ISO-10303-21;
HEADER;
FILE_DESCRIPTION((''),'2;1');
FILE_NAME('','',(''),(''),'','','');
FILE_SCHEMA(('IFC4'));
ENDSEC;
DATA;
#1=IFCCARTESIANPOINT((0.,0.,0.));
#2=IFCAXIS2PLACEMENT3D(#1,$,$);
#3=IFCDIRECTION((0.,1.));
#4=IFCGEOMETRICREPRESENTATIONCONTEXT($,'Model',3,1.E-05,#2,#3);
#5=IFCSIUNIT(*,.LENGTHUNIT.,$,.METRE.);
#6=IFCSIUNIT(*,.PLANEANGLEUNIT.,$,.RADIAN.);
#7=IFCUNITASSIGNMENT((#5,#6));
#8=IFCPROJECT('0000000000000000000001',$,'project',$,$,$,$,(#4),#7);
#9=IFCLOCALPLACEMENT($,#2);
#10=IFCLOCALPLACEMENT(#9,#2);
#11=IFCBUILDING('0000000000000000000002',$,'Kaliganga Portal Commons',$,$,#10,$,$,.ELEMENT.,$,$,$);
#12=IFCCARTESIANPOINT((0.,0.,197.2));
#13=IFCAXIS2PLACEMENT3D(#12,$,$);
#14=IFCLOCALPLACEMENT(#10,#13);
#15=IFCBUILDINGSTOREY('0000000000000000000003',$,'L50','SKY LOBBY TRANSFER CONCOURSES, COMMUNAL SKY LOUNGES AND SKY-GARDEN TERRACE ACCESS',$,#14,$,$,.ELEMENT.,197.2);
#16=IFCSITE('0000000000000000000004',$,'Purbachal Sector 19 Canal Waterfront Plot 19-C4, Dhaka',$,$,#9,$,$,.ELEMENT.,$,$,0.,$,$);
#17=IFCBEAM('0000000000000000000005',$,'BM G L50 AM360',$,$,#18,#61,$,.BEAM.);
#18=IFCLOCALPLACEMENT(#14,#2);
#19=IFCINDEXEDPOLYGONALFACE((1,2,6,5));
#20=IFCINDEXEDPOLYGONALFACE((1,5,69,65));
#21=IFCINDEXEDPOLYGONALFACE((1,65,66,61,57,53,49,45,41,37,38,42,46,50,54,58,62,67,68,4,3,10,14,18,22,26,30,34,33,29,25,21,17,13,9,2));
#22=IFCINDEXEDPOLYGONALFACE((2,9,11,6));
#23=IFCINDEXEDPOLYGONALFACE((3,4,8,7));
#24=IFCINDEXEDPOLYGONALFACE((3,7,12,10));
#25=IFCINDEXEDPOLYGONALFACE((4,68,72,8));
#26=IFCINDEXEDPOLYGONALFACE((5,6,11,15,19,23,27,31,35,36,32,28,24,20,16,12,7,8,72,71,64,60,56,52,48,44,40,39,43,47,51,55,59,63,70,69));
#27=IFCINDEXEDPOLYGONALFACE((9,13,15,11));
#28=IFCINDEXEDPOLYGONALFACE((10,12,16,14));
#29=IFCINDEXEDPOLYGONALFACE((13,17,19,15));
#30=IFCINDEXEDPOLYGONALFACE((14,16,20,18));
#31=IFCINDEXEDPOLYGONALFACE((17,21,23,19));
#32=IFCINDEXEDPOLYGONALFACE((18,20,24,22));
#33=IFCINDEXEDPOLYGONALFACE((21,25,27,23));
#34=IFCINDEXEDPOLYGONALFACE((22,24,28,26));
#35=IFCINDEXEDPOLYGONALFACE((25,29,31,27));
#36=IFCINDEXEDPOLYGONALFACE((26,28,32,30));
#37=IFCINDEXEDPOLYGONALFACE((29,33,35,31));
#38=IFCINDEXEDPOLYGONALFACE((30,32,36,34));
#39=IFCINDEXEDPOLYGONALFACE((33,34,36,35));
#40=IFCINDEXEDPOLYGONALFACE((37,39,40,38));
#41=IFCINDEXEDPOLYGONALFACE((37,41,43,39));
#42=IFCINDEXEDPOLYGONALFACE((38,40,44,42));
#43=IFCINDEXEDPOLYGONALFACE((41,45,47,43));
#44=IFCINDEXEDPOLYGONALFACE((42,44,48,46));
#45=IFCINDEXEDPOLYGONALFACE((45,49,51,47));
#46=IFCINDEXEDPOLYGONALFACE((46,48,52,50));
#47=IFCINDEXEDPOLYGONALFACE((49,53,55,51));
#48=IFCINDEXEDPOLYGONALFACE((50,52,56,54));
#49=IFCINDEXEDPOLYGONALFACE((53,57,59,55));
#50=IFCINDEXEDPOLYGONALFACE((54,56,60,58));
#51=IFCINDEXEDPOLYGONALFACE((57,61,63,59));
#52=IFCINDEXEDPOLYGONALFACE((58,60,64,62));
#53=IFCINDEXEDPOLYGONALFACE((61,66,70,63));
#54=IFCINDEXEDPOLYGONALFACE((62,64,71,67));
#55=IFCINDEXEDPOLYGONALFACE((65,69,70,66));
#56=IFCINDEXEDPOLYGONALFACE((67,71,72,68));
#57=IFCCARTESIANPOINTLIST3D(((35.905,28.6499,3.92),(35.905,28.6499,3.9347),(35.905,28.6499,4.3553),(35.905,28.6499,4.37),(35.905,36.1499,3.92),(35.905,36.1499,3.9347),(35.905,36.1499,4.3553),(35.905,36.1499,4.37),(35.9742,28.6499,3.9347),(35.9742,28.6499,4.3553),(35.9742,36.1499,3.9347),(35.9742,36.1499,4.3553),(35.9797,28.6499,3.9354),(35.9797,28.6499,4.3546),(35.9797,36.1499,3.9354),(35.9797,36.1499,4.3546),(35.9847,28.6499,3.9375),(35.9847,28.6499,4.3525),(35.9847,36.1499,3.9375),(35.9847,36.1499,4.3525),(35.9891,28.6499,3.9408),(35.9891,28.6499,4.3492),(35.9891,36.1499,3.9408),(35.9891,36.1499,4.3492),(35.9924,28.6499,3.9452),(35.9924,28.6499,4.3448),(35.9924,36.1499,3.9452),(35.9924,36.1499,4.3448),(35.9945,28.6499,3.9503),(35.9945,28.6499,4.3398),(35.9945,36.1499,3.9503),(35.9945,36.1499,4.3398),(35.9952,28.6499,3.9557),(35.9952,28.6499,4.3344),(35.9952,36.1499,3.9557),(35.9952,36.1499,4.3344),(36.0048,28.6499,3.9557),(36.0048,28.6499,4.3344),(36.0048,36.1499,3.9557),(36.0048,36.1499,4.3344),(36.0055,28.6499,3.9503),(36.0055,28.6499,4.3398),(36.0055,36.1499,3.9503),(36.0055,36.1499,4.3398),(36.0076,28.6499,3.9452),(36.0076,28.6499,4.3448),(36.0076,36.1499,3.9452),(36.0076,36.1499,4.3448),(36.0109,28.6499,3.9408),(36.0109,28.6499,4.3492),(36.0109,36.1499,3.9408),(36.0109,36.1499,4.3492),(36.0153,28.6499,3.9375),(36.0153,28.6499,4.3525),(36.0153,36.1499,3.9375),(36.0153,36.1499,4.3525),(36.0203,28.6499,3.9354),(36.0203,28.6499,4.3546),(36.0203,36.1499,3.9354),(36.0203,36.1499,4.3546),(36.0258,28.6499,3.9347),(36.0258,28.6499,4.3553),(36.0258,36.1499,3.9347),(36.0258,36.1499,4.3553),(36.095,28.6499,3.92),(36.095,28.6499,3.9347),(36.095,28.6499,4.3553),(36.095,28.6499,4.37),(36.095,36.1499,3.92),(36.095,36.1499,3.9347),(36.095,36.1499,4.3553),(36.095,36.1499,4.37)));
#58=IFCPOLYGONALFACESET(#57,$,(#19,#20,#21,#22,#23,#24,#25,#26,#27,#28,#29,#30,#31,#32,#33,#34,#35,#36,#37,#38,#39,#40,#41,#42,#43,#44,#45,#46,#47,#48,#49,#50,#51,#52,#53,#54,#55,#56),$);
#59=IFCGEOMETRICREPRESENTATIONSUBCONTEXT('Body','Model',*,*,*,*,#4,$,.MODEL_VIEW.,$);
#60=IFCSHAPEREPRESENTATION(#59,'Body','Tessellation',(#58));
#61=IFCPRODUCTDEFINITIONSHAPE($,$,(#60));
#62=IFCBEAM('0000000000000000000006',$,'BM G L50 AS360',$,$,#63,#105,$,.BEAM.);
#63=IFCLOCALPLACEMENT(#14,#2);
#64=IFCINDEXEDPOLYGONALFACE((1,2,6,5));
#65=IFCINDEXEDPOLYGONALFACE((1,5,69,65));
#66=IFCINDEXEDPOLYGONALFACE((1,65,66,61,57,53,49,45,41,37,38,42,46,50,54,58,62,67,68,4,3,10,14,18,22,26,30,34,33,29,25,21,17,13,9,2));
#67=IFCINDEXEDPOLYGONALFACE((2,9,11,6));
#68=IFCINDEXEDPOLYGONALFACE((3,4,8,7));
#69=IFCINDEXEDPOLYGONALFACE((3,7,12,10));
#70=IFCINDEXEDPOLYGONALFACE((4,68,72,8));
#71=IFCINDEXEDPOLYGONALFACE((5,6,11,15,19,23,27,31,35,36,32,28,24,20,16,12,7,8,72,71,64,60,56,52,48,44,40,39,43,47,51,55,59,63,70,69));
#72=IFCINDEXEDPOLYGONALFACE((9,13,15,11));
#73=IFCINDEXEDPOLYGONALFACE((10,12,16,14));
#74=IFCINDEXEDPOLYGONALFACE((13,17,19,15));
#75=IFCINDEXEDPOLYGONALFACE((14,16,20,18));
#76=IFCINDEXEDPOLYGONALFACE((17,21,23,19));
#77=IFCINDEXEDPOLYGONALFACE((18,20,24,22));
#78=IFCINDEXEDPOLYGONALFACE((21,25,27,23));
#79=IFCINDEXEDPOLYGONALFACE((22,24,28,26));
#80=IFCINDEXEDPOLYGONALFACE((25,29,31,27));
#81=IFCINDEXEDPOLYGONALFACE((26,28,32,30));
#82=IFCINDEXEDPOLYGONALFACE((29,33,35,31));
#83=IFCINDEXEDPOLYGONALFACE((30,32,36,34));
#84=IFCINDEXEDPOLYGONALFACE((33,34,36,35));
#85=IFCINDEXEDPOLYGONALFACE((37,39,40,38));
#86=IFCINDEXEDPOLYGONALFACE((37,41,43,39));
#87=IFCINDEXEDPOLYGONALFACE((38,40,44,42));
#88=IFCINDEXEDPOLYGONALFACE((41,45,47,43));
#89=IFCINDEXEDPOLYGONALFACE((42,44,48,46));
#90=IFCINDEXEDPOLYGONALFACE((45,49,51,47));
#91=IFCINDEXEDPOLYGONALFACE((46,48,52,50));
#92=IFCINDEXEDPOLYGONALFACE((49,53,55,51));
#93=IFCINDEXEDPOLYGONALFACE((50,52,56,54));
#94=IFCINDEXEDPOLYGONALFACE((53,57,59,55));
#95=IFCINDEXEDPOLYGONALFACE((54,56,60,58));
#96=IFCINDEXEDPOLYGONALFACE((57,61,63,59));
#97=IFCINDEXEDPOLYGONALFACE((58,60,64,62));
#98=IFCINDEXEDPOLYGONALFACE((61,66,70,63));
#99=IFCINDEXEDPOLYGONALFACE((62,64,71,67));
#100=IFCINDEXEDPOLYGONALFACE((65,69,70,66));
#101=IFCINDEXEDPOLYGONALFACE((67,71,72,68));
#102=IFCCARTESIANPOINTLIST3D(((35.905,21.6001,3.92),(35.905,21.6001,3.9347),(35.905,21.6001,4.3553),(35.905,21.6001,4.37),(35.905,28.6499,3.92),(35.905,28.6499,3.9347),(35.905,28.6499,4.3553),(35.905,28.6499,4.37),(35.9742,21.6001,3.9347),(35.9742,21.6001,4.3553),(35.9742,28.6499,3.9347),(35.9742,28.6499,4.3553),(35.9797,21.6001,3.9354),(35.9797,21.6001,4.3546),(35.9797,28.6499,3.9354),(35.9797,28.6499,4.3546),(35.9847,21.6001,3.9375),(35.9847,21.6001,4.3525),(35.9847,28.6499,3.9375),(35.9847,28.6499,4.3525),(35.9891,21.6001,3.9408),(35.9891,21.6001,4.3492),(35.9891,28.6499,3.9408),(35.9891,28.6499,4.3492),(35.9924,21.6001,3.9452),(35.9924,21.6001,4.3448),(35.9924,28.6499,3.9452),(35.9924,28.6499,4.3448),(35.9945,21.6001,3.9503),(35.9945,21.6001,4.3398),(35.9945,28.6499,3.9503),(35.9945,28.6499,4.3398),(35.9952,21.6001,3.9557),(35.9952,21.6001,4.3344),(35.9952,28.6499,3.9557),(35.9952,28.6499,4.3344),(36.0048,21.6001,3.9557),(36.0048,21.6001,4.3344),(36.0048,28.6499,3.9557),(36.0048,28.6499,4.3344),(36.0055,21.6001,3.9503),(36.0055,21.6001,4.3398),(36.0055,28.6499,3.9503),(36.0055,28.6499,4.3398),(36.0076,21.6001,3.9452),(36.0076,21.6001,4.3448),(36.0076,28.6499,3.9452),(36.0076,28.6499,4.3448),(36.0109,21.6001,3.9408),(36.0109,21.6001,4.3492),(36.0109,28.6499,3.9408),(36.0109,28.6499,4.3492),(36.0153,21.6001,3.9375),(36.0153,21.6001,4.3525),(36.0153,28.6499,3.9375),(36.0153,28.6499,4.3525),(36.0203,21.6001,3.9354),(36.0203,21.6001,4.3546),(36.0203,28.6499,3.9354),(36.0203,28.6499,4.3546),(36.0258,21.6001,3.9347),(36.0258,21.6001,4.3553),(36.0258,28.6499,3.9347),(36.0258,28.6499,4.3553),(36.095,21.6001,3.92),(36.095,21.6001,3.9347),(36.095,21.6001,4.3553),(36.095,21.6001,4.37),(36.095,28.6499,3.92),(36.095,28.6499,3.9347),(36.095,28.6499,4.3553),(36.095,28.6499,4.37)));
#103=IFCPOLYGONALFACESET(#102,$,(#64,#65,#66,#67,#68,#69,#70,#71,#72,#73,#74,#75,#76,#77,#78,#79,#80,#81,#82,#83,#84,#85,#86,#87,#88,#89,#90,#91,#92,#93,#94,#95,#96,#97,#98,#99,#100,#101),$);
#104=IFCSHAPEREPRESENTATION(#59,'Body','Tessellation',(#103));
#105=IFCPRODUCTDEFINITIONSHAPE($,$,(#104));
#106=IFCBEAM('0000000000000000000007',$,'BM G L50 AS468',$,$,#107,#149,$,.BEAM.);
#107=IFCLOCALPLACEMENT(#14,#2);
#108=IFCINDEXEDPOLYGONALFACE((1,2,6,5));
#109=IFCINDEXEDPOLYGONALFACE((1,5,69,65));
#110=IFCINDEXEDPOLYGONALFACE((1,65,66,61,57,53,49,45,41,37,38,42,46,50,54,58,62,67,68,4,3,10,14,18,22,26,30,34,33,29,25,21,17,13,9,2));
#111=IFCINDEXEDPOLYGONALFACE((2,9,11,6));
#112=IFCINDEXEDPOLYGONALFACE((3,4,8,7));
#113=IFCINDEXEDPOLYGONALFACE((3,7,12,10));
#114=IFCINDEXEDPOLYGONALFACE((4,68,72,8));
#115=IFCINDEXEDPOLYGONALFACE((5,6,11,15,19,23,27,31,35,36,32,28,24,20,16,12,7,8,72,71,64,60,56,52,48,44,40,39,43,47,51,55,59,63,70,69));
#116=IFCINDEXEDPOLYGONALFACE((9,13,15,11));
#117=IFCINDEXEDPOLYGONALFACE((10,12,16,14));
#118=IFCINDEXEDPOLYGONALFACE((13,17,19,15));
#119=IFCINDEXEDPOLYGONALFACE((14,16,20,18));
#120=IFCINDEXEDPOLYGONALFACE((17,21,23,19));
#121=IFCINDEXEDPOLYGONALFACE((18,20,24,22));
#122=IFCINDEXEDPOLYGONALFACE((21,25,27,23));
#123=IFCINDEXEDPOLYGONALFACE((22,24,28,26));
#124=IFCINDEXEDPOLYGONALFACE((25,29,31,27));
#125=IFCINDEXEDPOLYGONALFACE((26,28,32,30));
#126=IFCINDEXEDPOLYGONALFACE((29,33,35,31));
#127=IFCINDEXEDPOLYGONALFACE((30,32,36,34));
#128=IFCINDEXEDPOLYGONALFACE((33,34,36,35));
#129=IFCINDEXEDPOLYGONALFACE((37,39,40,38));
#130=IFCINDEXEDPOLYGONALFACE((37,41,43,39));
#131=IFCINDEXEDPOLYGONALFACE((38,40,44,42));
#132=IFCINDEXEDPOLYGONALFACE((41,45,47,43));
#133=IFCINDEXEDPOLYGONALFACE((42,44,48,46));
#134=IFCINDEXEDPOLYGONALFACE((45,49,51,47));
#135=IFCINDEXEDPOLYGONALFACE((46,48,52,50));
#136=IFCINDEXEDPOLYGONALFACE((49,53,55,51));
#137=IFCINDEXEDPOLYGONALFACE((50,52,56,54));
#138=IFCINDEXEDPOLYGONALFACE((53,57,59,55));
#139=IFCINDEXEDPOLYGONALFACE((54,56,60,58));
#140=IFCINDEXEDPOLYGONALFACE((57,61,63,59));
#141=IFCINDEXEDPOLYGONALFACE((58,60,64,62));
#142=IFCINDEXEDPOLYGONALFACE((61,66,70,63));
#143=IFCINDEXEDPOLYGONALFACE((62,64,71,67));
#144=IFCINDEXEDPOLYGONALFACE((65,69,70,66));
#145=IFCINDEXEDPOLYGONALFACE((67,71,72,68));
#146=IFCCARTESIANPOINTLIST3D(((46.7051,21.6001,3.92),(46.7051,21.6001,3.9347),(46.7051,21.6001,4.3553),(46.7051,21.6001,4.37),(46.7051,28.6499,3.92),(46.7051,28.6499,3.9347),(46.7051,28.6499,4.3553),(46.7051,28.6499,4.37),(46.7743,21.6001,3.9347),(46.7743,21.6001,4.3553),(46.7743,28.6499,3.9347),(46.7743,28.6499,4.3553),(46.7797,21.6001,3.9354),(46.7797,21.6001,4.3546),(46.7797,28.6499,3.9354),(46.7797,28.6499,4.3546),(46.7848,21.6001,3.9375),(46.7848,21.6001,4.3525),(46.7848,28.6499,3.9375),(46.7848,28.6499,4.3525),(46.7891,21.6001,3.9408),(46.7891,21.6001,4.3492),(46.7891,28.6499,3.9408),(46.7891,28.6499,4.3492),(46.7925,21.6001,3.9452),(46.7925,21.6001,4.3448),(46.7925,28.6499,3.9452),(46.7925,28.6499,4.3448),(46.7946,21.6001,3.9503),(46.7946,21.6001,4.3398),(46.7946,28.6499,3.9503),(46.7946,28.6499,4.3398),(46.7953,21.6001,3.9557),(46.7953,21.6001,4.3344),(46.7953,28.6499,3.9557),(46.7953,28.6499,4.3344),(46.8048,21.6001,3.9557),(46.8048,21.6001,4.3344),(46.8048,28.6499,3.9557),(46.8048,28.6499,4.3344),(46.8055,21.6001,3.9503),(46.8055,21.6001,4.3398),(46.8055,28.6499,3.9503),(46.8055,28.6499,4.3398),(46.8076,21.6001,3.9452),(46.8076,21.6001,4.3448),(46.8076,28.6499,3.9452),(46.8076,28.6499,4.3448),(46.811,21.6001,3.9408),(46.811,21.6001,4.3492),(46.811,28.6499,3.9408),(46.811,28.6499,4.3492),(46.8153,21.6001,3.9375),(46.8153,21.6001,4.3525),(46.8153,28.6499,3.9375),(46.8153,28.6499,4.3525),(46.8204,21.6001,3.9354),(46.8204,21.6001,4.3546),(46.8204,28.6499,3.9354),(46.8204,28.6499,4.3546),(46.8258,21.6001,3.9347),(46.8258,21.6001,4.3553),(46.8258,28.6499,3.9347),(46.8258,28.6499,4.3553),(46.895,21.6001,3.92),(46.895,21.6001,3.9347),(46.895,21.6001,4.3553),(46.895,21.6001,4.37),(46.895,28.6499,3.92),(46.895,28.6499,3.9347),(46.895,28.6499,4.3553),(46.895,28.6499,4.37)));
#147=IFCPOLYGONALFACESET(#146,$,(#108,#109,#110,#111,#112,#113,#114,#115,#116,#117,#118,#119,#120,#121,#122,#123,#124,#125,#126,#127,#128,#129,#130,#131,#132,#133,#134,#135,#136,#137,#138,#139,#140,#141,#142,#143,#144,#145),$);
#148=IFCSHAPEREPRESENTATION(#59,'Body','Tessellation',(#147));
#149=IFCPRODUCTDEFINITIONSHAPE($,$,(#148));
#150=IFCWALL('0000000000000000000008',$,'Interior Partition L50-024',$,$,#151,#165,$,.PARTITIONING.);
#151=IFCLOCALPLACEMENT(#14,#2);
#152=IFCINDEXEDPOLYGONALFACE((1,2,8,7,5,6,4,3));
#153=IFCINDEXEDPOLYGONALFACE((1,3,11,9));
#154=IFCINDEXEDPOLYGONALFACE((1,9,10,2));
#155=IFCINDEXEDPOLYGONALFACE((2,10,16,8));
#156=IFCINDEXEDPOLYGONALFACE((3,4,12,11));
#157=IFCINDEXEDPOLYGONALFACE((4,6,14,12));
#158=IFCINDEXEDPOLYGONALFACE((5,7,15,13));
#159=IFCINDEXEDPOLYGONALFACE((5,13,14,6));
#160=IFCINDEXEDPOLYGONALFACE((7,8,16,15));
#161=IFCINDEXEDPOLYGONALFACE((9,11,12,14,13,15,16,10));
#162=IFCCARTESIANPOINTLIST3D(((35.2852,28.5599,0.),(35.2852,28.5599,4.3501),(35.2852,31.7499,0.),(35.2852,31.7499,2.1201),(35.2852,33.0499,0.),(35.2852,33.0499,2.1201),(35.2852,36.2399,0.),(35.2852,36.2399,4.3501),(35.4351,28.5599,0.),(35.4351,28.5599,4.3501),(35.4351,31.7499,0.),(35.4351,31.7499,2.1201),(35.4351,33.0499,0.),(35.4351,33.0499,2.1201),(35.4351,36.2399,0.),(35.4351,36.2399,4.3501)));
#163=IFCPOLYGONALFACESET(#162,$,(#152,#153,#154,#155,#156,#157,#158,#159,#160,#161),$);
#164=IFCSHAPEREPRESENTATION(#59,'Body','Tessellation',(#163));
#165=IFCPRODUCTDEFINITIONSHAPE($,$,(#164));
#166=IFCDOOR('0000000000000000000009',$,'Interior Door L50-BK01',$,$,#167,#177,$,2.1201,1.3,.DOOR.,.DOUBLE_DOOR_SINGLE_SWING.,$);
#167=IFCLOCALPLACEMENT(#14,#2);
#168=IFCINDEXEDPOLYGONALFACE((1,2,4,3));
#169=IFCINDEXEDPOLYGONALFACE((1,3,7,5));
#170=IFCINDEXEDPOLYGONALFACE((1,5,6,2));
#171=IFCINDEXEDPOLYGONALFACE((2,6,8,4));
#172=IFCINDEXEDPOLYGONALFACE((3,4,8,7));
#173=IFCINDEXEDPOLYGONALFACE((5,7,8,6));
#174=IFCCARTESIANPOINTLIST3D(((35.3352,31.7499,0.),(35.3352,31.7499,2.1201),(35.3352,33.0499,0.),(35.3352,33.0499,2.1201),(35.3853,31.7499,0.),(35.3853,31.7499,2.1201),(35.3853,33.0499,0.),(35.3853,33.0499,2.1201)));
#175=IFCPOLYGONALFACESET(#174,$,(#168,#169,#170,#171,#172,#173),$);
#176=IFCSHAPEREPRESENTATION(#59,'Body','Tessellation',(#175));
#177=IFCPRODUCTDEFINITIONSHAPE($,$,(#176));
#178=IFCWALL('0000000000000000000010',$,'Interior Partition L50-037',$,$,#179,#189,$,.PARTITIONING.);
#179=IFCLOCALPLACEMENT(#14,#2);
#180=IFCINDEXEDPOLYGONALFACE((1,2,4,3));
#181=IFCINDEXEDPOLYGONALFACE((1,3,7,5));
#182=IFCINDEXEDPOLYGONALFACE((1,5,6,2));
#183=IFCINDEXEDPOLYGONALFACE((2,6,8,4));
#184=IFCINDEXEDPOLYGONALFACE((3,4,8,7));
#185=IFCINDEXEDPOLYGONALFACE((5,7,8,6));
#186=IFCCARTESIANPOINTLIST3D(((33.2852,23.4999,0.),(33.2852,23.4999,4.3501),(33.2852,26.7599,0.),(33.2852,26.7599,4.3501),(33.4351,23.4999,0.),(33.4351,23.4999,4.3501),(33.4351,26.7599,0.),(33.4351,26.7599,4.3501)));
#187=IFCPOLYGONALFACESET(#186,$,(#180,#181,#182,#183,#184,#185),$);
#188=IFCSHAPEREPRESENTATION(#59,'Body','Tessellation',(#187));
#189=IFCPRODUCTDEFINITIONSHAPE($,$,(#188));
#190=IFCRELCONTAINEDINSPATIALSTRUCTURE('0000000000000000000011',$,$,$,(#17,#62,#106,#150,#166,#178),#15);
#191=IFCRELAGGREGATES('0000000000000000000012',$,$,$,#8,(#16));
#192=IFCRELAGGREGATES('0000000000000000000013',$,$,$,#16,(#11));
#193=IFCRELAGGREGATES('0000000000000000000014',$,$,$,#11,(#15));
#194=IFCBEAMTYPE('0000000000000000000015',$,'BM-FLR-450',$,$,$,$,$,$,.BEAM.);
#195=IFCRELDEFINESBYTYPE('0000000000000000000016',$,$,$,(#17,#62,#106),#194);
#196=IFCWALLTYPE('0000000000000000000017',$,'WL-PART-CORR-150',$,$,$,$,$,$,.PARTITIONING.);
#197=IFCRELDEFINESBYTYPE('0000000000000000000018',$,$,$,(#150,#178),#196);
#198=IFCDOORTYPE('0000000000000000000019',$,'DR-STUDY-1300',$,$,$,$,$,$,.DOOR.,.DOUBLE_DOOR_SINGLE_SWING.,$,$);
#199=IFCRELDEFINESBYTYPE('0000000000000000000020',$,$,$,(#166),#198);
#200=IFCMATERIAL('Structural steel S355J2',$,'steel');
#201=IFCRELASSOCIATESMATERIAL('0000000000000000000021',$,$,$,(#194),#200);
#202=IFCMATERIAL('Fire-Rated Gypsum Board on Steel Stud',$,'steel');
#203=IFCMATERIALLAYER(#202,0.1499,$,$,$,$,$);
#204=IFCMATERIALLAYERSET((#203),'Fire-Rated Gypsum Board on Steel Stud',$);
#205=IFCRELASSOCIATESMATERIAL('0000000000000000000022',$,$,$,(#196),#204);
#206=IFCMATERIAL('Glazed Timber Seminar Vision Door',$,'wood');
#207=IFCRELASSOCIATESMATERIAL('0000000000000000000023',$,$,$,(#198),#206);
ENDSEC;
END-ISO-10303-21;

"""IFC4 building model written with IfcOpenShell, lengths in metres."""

from ifc_helpers import new_model, si_unit, direction, frame, frame_2d, origin, origin_2d, place, context, subcontext, project, spatial, rectangle, i_section, extrude, source, transform, mapped, material, layer, layer_set, material_profile, profile_set, type_object, element, fill, save


model = new_model("IFC4")

# Units and contexts
model_context = context("Model", 3, precision=1e-05, world=origin(), true_north=direction((0.0, 1.0)))
body_context = subcontext(model_context, "Body", "Model", "MODEL_VIEW")
ifc_project = project(units=[si_unit("LENGTHUNIT", "METRE"), si_unit("PLANEANGLEUNIT", "RADIAN")], contexts=[model_context])

# Site, building, storey
site_placement = place(None, origin())
site = spatial("IfcSite", under=ifc_project, at=site_placement, Name="Purbachal Sector 19 Canal Waterfront Plot 19-C4, Dhaka", CompositionType="ELEMENT", RefElevation=0.0)
building_placement = place(site_placement, origin())
building = spatial("IfcBuilding", under=site, at=building_placement, Name="Kaliganga Portal Commons", CompositionType="ELEMENT")
storey_placement = place(building_placement, frame((0.0, 0.0, 197.2)))
storey = spatial("IfcBuildingStorey", under=building, at=storey_placement, Name="L50", Description="SKY LOBBY TRANSFER CONCOURSES, COMMUNAL SKY LOUNGES AND SKY-GARDEN TERRACE ACCESS", CompositionType="ELEMENT", Elevation=197.2)

# Beams
ifc_material_1 = material(Name="Structural steel S355J2", Category="steel")
ifc_material_profile_1 = material_profile(ifc_material_1, i_section(OverallWidth=0.1899, OverallDepth=0.45, WebThickness=0.0095, FlangeThickness=0.0146, FilletRadius=0.021, at=origin_2d()), Name="IPE 450")
ifc_profile_set_1 = profile_set([ifc_material_profile_1], Name="Structural steel S355J2 wide-flange")
beam_type_1 = type_object("IfcBeamType", Name="BM-FLR-450", PredefinedType="BEAM", material=ifc_profile_set_1)
shared_shape_1 = source(origin(), body_context, "Body", "SweptSolid", [
    extrude(i_section(OverallWidth=0.1899, OverallDepth=0.45, WebThickness=0.0095, FlangeThickness=0.0146, FilletRadius=0.021, at=origin_2d()), origin(), (0.0, 0.0, 1.0), 7.5),
])
beam_1_placement = place(storey_placement, frame((36.0, 28.6499, 4.145), z_axis=(0.0, 1.0, 0.0), x_axis=(-1.0, 0.0, 0.0)))
element("IfcBeam", 1, at=beam_1_placement, inside=storey, type_object=beam_type_1, Name="BM G L50 AM360", PredefinedType="BEAM", context=body_context, shape_type="MappedRepresentation", body=[
    mapped(shared_shape_1, transform((0.0, 0.0, 0.0), x_axis=(1.0, 0.0, 0.0), y_axis=(0.0, 1.0, 0.0), z_axis=(0.0, 0.0, 1.0), scale=1.0)),
])
shared_shape_2 = source(origin(), body_context, "Body", "SweptSolid", [
    extrude(i_section(OverallWidth=0.1899, OverallDepth=0.45, WebThickness=0.0095, FlangeThickness=0.0146, FilletRadius=0.021, at=origin_2d()), origin(), (0.0, 0.0, 1.0), 7.0498),
])
for number, where, z_axis, x_axis, name in (
    (2, (36.0, 21.6001, 4.145), (0.0, 1.0, 0.0), (-1.0, 0.0, 0.0), "BM G L50 AS360"),
    (3, (46.8, 21.6001, 4.145), (0.0, 1.0, 0.0), (-1.0, 0.0, 0.0), "BM G L50 AS468"),
):
    element("IfcBeam", number, at=place(storey_placement, frame(where, z_axis=z_axis, x_axis=x_axis)), inside=storey, type_object=beam_type_1, Name=name, PredefinedType="BEAM", context=body_context, shape_type="MappedRepresentation", body=[
        mapped(shared_shape_2, transform((0.0, 0.0, 0.0), x_axis=(1.0, 0.0, 0.0), y_axis=(0.0, 1.0, 0.0), z_axis=(0.0, 0.0, 1.0), scale=1.0)),
    ])

# Wall, opening, door
ifc_material_2 = material(Name="Fire-Rated Gypsum Board on Steel Stud", Category="steel")
ifc_layer_1 = layer(ifc_material_2, 0.1499)
ifc_layer_set_1 = layer_set([ifc_layer_1], Name="Fire-Rated Gypsum Board on Steel Stud")
wall_type_1 = type_object("IfcWallType", Name="WL-PART-CORR-150", PredefinedType="PARTITIONING", material=ifc_layer_set_1)
wall_1_placement = place(storey_placement, frame((35.3601, 28.5601, 0.0), z_axis=(0.0, 0.0, 1.0), x_axis=(0.0, 1.0, 0.0)))
wall_1 = element("IfcWall", 4, at=wall_1_placement, inside=storey, type_object=wall_type_1, Name="Interior Partition L50-024", PredefinedType="PARTITIONING", context=body_context, shape_type="SweptSolid", body=[
    extrude(rectangle(XDim=7.6799, YDim=0.1499, at=frame_2d((3.8398, 0.0))), origin(), (0.0, 0.0, 1.0), 4.3501),
])
opening_1_placement = place(wall_1_placement, frame((3.1899, 0.0, 0.0)))
opening_1 = element("IfcOpeningElement", 5, at=opening_1_placement, cuts=wall_1, PredefinedType="OPENING", context=body_context, shape_type="SweptSolid", body=[
    extrude(rectangle(XDim=1.3, YDim=2.1201, at=frame_2d((0.6499, 1.0601))), frame((0.0, 0.085, 0.0), z_axis=(0.0, -1.0, 0.0), x_axis=(1.0, 0.0, 0.0)), (0.0, 0.0, 1.0), 0.1699),
])
ifc_material_3 = material(Name="Glazed Timber Seminar Vision Door", Category="wood")
door_type_1 = type_object("IfcDoorType", Name="DR-STUDY-1300", OperationType="DOUBLE_DOOR_SINGLE_SWING", PredefinedType="DOOR", material=ifc_material_3)
door_1_placement = place(opening_1_placement, origin())
door_1 = element("IfcDoor", 6, at=door_1_placement, inside=storey, type_object=door_type_1, Name="Interior Door L50-BK01", OperationType="DOUBLE_DOOR_SINGLE_SWING", OverallHeight=2.1201, OverallWidth=1.3, PredefinedType="DOOR", context=body_context, shape_type="SweptSolid", body=[
    extrude(rectangle(XDim=1.3, YDim=2.1201, at=frame_2d((0.6499, 1.0601))), frame((0.0, 0.0249, 0.0), z_axis=(0.0, -1.0, 0.0), x_axis=(1.0, 0.0, 0.0)), (0.0, 0.0, 1.0), 0.05),
])
fill(opening_1, door_1)

# Wall
wall_2_placement = place(storey_placement, frame((33.3601, 23.5, 0.0), z_axis=(0.0, 0.0, 1.0), x_axis=(0.0, 1.0, 0.0)))
element("IfcWall", 7, at=wall_2_placement, inside=storey, type_object=wall_type_1, Name="Interior Partition L50-037", PredefinedType="PARTITIONING", context=body_context, shape_type="SweptSolid", body=[
    extrude(rectangle(XDim=3.26, YDim=0.1499, at=frame_2d((1.6299, 0.0))), origin(), (0.0, 0.0, 1.0), 4.3501),
])

save(model, "model.ifc")
